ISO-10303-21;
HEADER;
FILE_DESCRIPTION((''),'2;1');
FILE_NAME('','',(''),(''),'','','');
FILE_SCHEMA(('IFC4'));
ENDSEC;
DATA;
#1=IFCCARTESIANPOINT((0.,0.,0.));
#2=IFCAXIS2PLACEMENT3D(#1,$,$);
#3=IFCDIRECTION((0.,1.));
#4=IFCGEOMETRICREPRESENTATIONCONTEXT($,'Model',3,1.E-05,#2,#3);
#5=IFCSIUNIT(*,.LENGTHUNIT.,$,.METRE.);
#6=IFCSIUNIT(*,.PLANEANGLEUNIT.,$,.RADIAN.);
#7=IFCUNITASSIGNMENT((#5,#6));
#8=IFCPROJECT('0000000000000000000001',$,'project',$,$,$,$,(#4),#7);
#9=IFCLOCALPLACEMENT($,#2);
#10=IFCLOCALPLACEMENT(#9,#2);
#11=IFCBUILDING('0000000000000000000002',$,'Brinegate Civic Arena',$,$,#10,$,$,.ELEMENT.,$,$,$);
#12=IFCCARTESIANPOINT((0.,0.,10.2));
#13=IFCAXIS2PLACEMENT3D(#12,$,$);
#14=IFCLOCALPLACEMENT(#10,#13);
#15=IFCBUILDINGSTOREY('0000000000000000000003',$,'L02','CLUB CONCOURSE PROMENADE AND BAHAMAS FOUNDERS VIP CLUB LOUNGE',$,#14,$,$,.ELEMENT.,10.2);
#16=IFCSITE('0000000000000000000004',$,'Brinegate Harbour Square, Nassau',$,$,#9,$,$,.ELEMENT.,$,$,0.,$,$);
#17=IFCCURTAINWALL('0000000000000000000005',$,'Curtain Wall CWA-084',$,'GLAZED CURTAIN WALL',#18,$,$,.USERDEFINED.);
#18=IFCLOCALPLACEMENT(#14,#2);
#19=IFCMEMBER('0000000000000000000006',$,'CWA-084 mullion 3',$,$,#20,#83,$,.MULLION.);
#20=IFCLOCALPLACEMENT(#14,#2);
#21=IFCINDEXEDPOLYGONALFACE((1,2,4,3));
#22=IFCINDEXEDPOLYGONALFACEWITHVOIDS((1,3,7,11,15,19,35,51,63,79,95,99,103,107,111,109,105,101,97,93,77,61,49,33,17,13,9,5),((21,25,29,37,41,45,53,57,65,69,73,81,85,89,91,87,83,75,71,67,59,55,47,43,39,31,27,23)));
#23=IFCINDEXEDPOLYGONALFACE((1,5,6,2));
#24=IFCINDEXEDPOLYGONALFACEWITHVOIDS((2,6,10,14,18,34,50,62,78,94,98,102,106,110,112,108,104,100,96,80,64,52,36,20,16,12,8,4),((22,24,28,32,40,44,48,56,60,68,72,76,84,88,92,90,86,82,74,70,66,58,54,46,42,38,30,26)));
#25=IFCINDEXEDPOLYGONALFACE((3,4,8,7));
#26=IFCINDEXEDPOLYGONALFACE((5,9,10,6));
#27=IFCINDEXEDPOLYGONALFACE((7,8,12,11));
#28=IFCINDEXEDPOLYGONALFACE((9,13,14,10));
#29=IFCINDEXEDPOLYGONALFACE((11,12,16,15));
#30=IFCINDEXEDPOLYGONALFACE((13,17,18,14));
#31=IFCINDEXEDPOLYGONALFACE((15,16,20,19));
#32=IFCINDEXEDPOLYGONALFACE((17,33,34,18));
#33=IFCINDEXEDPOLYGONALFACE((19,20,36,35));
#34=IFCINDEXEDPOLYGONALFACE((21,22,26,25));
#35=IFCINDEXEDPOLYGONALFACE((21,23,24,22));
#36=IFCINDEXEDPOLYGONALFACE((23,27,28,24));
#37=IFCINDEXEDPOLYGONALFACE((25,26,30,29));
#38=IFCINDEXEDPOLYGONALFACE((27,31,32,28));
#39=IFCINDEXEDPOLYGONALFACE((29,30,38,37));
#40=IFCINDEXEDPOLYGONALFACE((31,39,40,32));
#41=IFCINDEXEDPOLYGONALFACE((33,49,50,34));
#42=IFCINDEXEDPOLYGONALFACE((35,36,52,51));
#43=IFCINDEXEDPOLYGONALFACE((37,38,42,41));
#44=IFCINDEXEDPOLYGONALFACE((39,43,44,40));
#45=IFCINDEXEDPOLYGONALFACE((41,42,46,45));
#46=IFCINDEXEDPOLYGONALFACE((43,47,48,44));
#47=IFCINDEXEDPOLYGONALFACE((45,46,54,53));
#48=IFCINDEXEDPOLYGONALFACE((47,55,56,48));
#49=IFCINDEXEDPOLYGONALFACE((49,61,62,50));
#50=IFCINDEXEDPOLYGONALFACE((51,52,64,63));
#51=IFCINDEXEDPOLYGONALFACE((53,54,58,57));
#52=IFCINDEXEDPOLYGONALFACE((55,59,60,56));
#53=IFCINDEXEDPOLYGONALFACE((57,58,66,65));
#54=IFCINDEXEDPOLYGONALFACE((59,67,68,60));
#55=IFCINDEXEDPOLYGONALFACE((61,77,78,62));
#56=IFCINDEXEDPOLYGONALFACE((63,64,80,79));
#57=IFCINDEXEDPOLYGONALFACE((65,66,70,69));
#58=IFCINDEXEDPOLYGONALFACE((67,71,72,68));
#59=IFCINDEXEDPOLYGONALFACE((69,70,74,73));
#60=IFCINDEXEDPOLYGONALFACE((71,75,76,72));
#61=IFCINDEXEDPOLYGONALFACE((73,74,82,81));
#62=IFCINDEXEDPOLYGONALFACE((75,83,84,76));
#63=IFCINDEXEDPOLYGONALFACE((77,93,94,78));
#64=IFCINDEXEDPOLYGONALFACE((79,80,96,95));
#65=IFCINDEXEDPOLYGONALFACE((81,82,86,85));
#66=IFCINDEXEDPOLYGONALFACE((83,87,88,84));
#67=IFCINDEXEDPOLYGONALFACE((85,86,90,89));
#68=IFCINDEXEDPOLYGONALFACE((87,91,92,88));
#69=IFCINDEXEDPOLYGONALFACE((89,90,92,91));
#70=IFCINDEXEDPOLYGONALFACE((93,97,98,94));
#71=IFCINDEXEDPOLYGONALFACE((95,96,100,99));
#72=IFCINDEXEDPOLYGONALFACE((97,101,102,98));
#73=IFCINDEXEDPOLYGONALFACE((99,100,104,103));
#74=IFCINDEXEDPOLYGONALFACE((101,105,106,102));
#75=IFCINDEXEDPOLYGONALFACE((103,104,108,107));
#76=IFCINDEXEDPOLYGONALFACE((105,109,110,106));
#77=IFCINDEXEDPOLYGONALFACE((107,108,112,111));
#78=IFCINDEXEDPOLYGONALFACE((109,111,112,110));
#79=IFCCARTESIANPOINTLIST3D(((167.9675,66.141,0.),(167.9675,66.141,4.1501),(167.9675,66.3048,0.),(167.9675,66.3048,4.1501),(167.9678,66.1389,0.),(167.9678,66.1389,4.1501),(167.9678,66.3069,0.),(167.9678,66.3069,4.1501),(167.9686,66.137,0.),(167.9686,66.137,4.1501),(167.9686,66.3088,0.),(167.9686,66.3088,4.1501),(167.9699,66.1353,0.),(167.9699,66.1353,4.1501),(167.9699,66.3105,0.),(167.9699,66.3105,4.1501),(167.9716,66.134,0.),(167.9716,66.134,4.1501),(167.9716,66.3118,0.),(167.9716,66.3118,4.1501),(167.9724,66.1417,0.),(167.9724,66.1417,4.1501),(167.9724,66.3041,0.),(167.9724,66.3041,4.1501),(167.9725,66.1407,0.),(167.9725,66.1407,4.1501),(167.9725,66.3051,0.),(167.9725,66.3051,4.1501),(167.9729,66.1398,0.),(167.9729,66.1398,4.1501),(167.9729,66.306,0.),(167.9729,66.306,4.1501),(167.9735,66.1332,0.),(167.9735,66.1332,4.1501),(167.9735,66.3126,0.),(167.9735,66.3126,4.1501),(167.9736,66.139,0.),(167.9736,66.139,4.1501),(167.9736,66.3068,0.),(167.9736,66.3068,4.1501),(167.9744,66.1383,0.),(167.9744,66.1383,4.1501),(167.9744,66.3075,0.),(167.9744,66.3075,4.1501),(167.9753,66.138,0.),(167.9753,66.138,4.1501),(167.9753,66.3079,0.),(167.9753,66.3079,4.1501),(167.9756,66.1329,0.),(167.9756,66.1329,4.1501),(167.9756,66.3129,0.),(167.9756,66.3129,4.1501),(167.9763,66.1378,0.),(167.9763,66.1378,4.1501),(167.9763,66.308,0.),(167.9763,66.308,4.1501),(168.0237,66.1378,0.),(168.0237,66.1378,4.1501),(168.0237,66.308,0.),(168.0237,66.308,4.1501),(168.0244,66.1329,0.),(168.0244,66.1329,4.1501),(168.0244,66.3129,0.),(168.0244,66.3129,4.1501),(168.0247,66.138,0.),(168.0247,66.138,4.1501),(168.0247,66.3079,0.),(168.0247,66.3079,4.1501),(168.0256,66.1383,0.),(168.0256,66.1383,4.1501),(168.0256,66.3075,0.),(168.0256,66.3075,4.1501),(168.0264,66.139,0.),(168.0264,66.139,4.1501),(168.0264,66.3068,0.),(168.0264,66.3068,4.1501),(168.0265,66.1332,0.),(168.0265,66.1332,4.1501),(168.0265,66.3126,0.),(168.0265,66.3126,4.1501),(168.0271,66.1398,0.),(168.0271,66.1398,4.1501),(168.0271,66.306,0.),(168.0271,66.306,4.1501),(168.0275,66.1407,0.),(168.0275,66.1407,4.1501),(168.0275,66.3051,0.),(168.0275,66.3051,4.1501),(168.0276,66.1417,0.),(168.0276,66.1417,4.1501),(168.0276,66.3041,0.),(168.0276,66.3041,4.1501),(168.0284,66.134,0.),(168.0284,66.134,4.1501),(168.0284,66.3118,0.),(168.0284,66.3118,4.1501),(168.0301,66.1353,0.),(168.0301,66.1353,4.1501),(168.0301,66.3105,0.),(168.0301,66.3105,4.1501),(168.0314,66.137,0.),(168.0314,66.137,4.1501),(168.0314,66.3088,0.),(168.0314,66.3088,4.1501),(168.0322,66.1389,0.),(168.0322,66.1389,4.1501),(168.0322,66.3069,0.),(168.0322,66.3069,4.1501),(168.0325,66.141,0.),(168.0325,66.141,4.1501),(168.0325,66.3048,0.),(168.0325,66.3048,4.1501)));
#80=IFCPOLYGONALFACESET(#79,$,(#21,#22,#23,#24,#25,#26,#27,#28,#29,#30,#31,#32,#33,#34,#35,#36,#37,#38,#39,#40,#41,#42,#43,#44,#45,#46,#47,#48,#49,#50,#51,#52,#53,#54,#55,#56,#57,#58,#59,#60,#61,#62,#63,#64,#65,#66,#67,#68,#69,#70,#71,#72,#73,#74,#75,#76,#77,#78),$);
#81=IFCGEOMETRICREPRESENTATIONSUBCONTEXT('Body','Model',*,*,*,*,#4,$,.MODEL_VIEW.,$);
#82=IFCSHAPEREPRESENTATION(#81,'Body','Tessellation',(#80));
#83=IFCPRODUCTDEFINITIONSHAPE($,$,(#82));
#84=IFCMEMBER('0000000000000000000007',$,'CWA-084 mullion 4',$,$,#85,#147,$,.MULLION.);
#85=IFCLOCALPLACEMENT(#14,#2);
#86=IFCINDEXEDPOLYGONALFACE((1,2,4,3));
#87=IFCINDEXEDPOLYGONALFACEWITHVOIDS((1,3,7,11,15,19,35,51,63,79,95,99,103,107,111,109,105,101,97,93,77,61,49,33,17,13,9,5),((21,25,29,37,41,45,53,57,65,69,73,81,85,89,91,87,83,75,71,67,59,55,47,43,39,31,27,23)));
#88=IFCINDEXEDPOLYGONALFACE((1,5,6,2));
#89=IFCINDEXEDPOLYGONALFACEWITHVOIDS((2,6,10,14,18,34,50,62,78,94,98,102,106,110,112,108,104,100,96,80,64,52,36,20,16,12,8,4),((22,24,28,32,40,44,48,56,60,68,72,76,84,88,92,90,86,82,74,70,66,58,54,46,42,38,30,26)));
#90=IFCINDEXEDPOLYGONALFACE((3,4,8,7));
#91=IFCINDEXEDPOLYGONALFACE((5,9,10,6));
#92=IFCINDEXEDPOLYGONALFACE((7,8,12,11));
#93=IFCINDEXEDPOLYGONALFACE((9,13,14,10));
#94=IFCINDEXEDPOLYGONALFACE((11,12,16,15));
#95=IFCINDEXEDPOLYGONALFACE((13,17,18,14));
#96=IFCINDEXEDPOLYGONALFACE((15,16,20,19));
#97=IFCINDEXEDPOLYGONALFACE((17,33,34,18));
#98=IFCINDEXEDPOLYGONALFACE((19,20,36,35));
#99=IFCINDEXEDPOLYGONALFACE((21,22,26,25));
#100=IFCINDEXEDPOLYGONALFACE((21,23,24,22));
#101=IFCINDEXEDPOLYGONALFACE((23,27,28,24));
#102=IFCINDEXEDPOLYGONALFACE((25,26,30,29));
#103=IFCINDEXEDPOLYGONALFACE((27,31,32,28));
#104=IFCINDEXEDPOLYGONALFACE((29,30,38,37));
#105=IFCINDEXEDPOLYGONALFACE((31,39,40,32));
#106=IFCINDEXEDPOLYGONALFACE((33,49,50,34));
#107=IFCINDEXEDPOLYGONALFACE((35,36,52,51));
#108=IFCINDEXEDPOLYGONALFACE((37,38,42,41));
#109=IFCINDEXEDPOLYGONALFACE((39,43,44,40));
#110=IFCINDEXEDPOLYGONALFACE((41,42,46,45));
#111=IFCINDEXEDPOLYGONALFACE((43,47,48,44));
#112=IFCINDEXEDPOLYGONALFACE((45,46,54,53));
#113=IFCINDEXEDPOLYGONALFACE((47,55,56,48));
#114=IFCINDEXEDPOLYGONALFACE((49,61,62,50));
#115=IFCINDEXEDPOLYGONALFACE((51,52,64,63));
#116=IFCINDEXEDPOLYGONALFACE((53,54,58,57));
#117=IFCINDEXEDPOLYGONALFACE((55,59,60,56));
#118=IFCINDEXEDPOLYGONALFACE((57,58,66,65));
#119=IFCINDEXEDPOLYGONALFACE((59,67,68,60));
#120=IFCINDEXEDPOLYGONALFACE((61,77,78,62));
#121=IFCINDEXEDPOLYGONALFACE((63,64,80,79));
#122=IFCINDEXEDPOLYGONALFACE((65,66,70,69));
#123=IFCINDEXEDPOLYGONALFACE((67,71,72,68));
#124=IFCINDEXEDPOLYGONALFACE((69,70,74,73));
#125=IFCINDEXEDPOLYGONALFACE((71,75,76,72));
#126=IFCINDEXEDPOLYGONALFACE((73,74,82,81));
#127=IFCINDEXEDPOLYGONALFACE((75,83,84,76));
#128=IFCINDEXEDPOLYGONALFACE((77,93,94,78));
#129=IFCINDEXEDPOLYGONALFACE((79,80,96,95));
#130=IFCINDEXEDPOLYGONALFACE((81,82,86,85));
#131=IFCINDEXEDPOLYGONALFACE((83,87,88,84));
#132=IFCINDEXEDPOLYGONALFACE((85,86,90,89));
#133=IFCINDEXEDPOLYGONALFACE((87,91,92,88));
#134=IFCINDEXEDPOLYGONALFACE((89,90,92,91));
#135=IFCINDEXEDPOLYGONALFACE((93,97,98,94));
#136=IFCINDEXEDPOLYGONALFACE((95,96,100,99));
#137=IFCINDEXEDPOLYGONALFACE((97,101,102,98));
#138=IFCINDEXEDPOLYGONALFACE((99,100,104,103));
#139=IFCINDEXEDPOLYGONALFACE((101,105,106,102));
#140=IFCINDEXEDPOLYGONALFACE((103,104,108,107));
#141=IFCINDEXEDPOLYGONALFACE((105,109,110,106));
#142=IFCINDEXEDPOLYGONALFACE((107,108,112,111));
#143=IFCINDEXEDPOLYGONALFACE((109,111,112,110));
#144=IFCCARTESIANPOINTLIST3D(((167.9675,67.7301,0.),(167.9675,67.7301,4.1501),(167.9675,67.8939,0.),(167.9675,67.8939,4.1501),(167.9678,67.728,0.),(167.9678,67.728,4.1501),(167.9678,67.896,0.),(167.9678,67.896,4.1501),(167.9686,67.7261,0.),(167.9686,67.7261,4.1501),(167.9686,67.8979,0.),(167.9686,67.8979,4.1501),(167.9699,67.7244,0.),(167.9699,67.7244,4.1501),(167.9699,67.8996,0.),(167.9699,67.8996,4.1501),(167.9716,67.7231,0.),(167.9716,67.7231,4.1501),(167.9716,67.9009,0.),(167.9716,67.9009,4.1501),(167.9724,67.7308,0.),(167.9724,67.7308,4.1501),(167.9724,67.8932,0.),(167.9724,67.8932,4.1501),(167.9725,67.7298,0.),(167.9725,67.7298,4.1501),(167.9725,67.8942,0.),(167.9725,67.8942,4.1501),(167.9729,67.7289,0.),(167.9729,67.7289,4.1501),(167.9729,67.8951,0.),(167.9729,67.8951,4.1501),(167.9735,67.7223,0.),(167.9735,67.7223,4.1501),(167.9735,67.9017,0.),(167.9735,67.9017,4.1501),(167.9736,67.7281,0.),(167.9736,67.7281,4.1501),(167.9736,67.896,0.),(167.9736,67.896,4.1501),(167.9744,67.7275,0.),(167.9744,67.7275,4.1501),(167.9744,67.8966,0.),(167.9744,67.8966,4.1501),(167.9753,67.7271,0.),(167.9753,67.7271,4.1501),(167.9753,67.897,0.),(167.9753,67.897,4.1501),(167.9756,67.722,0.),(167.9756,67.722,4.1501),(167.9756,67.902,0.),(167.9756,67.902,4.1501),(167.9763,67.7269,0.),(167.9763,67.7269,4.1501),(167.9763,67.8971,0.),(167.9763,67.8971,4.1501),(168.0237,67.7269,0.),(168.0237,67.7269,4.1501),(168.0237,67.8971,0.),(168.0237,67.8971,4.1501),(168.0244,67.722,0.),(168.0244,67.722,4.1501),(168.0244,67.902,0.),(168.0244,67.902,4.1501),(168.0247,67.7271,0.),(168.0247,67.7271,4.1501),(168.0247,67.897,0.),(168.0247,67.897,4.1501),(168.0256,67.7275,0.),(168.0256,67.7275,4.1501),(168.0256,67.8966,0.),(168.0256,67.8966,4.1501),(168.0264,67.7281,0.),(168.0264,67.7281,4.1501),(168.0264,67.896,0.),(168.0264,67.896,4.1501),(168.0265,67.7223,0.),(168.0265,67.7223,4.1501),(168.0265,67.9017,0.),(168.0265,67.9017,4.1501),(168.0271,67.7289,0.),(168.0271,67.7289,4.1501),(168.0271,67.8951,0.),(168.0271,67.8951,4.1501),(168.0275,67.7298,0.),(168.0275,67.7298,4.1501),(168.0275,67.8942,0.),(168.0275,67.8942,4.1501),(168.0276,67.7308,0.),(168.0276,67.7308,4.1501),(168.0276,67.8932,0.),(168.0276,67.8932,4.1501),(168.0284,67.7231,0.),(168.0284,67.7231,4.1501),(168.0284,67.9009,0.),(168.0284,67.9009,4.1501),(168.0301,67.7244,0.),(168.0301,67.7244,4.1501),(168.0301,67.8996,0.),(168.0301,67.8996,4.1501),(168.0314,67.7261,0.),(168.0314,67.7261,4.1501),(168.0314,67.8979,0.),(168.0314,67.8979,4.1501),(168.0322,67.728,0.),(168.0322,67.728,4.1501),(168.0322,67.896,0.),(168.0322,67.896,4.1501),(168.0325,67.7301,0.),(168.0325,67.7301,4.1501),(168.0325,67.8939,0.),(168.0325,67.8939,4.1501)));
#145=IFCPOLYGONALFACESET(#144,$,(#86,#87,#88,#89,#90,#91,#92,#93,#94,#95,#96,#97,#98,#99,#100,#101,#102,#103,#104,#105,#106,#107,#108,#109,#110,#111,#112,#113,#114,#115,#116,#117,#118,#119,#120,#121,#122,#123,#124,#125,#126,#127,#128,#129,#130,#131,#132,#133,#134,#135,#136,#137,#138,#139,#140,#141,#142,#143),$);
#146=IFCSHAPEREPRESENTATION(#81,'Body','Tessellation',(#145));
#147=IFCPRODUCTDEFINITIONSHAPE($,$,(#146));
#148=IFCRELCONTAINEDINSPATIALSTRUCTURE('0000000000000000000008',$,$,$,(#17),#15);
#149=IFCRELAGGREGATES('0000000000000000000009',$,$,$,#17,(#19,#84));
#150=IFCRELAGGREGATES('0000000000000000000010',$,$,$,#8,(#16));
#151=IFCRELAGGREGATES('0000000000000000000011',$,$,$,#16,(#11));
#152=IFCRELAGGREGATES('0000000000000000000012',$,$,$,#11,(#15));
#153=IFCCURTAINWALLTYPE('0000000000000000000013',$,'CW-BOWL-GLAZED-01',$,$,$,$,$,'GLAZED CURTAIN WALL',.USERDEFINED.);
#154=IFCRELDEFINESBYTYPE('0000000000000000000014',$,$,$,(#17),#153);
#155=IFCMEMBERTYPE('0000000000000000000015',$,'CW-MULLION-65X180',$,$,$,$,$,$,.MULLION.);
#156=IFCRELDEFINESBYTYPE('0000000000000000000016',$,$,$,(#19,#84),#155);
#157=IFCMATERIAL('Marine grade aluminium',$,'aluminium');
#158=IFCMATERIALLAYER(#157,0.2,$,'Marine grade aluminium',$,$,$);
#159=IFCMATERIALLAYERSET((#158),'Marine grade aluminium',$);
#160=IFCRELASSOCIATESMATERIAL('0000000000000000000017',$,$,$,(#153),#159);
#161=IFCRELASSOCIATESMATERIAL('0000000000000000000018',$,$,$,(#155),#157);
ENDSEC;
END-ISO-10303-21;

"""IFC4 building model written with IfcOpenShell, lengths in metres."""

from ifc_helpers import new_model, si_unit, direction, frame, origin, origin_2d, place, context, subcontext, project, spatial, hollow_rectangle, extrude, material, layer, layer_set, material_profile, profile_set, type_object, element, aggregate, save


model = new_model("IFC4")

# Units and contexts
model_context = context("Model", 3, precision=1e-05, world=origin(), true_north=direction((0.0, 1.0)))
body_context = subcontext(model_context, "Body", "Model", "MODEL_VIEW")
ifc_project = project(units=[si_unit("LENGTHUNIT", "METRE"), si_unit("PLANEANGLEUNIT", "RADIAN")], contexts=[model_context])

# Site, building, storey
site_placement = place(None, origin())
site = spatial("IfcSite", under=ifc_project, at=site_placement, Name="Brinegate Harbour Square, Nassau", CompositionType="ELEMENT", RefElevation=0.0)
building_placement = place(site_placement, origin())
building = spatial("IfcBuilding", under=site, at=building_placement, Name="Brinegate Civic Arena", CompositionType="ELEMENT")
storey_placement = place(building_placement, frame((0.0, 0.0, 10.2)))
storey = spatial("IfcBuildingStorey", under=building, at=storey_placement, Name="L02", Description="CLUB CONCOURSE PROMENADE AND BAHAMAS FOUNDERS VIP CLUB LOUNGE", CompositionType="ELEMENT", Elevation=10.2)

# Curtain wall, members
ifc_material_1 = material(Name="Marine grade aluminium", Category="aluminium")
ifc_layer_1 = layer(ifc_material_1, 0.2, Name="Marine grade aluminium")
ifc_layer_set_1 = layer_set([ifc_layer_1], Name="Marine grade aluminium")
curtain_wall_type = type_object("IfcCurtainWallType", Name="CW-BOWL-GLAZED-01", ElementType="GLAZED CURTAIN WALL", PredefinedType="USERDEFINED", material=ifc_layer_set_1)
curtain_wall_placement = place(storey_placement, origin())
curtain_wall = element("IfcCurtainWall", 1, at=curtain_wall_placement, inside=storey, type_object=curtain_wall_type, Name="Curtain Wall CWA-084", ObjectType="GLAZED CURTAIN WALL", PredefinedType="USERDEFINED")
ifc_material_profile_1 = material_profile(ifc_material_1, hollow_rectangle(XDim=0.0649, YDim=0.1799, WallThickness=0.0049, InnerFilletRadius=0.0039, OuterFilletRadius=0.0081, at=origin_2d()), Name="MUL65X180")
ifc_profile_set_1 = profile_set([ifc_material_profile_1], Name="Marine grade aluminium")
member_type_1 = type_object("IfcMemberType", Name="CW-MULLION-65X180", PredefinedType="MULLION", material=ifc_profile_set_1)
member_1_placement = place(storey_placement, frame((168.0, 66.2229, 0.0), z_axis=(0.0, 0.0, 1.0), x_axis=(-1.0, 0.0, 0.0)))
member_1 = element("IfcMember", 2, at=member_1_placement, type_object=member_type_1, Name="CWA-084 mullion 3", PredefinedType="MULLION", context=body_context, shape_type="SweptSolid", body=[
    extrude(hollow_rectangle(XDim=0.0649, YDim=0.1799, WallThickness=0.0049, InnerFilletRadius=0.0039, OuterFilletRadius=0.0081, at=origin_2d()), origin(), (0.0, 0.0, 1.0), 4.1501),
])
member_2_placement = place(storey_placement, frame((168.0, 67.812, 0.0), z_axis=(0.0, 0.0, 1.0), x_axis=(-1.0, 0.0, 0.0)))
member_2 = element("IfcMember", 3, at=member_2_placement, type_object=member_type_1, Name="CWA-084 mullion 4", PredefinedType="MULLION", context=body_context, shape_type="SweptSolid", body=[
    extrude(hollow_rectangle(XDim=0.0649, YDim=0.1799, WallThickness=0.0049, InnerFilletRadius=0.0039, OuterFilletRadius=0.0081, at=origin_2d()), origin(), (0.0, 0.0, 1.0), 4.1501),
])

aggregate(curtain_wall, [member_1, member_2])

save(model, "model.ifc")
